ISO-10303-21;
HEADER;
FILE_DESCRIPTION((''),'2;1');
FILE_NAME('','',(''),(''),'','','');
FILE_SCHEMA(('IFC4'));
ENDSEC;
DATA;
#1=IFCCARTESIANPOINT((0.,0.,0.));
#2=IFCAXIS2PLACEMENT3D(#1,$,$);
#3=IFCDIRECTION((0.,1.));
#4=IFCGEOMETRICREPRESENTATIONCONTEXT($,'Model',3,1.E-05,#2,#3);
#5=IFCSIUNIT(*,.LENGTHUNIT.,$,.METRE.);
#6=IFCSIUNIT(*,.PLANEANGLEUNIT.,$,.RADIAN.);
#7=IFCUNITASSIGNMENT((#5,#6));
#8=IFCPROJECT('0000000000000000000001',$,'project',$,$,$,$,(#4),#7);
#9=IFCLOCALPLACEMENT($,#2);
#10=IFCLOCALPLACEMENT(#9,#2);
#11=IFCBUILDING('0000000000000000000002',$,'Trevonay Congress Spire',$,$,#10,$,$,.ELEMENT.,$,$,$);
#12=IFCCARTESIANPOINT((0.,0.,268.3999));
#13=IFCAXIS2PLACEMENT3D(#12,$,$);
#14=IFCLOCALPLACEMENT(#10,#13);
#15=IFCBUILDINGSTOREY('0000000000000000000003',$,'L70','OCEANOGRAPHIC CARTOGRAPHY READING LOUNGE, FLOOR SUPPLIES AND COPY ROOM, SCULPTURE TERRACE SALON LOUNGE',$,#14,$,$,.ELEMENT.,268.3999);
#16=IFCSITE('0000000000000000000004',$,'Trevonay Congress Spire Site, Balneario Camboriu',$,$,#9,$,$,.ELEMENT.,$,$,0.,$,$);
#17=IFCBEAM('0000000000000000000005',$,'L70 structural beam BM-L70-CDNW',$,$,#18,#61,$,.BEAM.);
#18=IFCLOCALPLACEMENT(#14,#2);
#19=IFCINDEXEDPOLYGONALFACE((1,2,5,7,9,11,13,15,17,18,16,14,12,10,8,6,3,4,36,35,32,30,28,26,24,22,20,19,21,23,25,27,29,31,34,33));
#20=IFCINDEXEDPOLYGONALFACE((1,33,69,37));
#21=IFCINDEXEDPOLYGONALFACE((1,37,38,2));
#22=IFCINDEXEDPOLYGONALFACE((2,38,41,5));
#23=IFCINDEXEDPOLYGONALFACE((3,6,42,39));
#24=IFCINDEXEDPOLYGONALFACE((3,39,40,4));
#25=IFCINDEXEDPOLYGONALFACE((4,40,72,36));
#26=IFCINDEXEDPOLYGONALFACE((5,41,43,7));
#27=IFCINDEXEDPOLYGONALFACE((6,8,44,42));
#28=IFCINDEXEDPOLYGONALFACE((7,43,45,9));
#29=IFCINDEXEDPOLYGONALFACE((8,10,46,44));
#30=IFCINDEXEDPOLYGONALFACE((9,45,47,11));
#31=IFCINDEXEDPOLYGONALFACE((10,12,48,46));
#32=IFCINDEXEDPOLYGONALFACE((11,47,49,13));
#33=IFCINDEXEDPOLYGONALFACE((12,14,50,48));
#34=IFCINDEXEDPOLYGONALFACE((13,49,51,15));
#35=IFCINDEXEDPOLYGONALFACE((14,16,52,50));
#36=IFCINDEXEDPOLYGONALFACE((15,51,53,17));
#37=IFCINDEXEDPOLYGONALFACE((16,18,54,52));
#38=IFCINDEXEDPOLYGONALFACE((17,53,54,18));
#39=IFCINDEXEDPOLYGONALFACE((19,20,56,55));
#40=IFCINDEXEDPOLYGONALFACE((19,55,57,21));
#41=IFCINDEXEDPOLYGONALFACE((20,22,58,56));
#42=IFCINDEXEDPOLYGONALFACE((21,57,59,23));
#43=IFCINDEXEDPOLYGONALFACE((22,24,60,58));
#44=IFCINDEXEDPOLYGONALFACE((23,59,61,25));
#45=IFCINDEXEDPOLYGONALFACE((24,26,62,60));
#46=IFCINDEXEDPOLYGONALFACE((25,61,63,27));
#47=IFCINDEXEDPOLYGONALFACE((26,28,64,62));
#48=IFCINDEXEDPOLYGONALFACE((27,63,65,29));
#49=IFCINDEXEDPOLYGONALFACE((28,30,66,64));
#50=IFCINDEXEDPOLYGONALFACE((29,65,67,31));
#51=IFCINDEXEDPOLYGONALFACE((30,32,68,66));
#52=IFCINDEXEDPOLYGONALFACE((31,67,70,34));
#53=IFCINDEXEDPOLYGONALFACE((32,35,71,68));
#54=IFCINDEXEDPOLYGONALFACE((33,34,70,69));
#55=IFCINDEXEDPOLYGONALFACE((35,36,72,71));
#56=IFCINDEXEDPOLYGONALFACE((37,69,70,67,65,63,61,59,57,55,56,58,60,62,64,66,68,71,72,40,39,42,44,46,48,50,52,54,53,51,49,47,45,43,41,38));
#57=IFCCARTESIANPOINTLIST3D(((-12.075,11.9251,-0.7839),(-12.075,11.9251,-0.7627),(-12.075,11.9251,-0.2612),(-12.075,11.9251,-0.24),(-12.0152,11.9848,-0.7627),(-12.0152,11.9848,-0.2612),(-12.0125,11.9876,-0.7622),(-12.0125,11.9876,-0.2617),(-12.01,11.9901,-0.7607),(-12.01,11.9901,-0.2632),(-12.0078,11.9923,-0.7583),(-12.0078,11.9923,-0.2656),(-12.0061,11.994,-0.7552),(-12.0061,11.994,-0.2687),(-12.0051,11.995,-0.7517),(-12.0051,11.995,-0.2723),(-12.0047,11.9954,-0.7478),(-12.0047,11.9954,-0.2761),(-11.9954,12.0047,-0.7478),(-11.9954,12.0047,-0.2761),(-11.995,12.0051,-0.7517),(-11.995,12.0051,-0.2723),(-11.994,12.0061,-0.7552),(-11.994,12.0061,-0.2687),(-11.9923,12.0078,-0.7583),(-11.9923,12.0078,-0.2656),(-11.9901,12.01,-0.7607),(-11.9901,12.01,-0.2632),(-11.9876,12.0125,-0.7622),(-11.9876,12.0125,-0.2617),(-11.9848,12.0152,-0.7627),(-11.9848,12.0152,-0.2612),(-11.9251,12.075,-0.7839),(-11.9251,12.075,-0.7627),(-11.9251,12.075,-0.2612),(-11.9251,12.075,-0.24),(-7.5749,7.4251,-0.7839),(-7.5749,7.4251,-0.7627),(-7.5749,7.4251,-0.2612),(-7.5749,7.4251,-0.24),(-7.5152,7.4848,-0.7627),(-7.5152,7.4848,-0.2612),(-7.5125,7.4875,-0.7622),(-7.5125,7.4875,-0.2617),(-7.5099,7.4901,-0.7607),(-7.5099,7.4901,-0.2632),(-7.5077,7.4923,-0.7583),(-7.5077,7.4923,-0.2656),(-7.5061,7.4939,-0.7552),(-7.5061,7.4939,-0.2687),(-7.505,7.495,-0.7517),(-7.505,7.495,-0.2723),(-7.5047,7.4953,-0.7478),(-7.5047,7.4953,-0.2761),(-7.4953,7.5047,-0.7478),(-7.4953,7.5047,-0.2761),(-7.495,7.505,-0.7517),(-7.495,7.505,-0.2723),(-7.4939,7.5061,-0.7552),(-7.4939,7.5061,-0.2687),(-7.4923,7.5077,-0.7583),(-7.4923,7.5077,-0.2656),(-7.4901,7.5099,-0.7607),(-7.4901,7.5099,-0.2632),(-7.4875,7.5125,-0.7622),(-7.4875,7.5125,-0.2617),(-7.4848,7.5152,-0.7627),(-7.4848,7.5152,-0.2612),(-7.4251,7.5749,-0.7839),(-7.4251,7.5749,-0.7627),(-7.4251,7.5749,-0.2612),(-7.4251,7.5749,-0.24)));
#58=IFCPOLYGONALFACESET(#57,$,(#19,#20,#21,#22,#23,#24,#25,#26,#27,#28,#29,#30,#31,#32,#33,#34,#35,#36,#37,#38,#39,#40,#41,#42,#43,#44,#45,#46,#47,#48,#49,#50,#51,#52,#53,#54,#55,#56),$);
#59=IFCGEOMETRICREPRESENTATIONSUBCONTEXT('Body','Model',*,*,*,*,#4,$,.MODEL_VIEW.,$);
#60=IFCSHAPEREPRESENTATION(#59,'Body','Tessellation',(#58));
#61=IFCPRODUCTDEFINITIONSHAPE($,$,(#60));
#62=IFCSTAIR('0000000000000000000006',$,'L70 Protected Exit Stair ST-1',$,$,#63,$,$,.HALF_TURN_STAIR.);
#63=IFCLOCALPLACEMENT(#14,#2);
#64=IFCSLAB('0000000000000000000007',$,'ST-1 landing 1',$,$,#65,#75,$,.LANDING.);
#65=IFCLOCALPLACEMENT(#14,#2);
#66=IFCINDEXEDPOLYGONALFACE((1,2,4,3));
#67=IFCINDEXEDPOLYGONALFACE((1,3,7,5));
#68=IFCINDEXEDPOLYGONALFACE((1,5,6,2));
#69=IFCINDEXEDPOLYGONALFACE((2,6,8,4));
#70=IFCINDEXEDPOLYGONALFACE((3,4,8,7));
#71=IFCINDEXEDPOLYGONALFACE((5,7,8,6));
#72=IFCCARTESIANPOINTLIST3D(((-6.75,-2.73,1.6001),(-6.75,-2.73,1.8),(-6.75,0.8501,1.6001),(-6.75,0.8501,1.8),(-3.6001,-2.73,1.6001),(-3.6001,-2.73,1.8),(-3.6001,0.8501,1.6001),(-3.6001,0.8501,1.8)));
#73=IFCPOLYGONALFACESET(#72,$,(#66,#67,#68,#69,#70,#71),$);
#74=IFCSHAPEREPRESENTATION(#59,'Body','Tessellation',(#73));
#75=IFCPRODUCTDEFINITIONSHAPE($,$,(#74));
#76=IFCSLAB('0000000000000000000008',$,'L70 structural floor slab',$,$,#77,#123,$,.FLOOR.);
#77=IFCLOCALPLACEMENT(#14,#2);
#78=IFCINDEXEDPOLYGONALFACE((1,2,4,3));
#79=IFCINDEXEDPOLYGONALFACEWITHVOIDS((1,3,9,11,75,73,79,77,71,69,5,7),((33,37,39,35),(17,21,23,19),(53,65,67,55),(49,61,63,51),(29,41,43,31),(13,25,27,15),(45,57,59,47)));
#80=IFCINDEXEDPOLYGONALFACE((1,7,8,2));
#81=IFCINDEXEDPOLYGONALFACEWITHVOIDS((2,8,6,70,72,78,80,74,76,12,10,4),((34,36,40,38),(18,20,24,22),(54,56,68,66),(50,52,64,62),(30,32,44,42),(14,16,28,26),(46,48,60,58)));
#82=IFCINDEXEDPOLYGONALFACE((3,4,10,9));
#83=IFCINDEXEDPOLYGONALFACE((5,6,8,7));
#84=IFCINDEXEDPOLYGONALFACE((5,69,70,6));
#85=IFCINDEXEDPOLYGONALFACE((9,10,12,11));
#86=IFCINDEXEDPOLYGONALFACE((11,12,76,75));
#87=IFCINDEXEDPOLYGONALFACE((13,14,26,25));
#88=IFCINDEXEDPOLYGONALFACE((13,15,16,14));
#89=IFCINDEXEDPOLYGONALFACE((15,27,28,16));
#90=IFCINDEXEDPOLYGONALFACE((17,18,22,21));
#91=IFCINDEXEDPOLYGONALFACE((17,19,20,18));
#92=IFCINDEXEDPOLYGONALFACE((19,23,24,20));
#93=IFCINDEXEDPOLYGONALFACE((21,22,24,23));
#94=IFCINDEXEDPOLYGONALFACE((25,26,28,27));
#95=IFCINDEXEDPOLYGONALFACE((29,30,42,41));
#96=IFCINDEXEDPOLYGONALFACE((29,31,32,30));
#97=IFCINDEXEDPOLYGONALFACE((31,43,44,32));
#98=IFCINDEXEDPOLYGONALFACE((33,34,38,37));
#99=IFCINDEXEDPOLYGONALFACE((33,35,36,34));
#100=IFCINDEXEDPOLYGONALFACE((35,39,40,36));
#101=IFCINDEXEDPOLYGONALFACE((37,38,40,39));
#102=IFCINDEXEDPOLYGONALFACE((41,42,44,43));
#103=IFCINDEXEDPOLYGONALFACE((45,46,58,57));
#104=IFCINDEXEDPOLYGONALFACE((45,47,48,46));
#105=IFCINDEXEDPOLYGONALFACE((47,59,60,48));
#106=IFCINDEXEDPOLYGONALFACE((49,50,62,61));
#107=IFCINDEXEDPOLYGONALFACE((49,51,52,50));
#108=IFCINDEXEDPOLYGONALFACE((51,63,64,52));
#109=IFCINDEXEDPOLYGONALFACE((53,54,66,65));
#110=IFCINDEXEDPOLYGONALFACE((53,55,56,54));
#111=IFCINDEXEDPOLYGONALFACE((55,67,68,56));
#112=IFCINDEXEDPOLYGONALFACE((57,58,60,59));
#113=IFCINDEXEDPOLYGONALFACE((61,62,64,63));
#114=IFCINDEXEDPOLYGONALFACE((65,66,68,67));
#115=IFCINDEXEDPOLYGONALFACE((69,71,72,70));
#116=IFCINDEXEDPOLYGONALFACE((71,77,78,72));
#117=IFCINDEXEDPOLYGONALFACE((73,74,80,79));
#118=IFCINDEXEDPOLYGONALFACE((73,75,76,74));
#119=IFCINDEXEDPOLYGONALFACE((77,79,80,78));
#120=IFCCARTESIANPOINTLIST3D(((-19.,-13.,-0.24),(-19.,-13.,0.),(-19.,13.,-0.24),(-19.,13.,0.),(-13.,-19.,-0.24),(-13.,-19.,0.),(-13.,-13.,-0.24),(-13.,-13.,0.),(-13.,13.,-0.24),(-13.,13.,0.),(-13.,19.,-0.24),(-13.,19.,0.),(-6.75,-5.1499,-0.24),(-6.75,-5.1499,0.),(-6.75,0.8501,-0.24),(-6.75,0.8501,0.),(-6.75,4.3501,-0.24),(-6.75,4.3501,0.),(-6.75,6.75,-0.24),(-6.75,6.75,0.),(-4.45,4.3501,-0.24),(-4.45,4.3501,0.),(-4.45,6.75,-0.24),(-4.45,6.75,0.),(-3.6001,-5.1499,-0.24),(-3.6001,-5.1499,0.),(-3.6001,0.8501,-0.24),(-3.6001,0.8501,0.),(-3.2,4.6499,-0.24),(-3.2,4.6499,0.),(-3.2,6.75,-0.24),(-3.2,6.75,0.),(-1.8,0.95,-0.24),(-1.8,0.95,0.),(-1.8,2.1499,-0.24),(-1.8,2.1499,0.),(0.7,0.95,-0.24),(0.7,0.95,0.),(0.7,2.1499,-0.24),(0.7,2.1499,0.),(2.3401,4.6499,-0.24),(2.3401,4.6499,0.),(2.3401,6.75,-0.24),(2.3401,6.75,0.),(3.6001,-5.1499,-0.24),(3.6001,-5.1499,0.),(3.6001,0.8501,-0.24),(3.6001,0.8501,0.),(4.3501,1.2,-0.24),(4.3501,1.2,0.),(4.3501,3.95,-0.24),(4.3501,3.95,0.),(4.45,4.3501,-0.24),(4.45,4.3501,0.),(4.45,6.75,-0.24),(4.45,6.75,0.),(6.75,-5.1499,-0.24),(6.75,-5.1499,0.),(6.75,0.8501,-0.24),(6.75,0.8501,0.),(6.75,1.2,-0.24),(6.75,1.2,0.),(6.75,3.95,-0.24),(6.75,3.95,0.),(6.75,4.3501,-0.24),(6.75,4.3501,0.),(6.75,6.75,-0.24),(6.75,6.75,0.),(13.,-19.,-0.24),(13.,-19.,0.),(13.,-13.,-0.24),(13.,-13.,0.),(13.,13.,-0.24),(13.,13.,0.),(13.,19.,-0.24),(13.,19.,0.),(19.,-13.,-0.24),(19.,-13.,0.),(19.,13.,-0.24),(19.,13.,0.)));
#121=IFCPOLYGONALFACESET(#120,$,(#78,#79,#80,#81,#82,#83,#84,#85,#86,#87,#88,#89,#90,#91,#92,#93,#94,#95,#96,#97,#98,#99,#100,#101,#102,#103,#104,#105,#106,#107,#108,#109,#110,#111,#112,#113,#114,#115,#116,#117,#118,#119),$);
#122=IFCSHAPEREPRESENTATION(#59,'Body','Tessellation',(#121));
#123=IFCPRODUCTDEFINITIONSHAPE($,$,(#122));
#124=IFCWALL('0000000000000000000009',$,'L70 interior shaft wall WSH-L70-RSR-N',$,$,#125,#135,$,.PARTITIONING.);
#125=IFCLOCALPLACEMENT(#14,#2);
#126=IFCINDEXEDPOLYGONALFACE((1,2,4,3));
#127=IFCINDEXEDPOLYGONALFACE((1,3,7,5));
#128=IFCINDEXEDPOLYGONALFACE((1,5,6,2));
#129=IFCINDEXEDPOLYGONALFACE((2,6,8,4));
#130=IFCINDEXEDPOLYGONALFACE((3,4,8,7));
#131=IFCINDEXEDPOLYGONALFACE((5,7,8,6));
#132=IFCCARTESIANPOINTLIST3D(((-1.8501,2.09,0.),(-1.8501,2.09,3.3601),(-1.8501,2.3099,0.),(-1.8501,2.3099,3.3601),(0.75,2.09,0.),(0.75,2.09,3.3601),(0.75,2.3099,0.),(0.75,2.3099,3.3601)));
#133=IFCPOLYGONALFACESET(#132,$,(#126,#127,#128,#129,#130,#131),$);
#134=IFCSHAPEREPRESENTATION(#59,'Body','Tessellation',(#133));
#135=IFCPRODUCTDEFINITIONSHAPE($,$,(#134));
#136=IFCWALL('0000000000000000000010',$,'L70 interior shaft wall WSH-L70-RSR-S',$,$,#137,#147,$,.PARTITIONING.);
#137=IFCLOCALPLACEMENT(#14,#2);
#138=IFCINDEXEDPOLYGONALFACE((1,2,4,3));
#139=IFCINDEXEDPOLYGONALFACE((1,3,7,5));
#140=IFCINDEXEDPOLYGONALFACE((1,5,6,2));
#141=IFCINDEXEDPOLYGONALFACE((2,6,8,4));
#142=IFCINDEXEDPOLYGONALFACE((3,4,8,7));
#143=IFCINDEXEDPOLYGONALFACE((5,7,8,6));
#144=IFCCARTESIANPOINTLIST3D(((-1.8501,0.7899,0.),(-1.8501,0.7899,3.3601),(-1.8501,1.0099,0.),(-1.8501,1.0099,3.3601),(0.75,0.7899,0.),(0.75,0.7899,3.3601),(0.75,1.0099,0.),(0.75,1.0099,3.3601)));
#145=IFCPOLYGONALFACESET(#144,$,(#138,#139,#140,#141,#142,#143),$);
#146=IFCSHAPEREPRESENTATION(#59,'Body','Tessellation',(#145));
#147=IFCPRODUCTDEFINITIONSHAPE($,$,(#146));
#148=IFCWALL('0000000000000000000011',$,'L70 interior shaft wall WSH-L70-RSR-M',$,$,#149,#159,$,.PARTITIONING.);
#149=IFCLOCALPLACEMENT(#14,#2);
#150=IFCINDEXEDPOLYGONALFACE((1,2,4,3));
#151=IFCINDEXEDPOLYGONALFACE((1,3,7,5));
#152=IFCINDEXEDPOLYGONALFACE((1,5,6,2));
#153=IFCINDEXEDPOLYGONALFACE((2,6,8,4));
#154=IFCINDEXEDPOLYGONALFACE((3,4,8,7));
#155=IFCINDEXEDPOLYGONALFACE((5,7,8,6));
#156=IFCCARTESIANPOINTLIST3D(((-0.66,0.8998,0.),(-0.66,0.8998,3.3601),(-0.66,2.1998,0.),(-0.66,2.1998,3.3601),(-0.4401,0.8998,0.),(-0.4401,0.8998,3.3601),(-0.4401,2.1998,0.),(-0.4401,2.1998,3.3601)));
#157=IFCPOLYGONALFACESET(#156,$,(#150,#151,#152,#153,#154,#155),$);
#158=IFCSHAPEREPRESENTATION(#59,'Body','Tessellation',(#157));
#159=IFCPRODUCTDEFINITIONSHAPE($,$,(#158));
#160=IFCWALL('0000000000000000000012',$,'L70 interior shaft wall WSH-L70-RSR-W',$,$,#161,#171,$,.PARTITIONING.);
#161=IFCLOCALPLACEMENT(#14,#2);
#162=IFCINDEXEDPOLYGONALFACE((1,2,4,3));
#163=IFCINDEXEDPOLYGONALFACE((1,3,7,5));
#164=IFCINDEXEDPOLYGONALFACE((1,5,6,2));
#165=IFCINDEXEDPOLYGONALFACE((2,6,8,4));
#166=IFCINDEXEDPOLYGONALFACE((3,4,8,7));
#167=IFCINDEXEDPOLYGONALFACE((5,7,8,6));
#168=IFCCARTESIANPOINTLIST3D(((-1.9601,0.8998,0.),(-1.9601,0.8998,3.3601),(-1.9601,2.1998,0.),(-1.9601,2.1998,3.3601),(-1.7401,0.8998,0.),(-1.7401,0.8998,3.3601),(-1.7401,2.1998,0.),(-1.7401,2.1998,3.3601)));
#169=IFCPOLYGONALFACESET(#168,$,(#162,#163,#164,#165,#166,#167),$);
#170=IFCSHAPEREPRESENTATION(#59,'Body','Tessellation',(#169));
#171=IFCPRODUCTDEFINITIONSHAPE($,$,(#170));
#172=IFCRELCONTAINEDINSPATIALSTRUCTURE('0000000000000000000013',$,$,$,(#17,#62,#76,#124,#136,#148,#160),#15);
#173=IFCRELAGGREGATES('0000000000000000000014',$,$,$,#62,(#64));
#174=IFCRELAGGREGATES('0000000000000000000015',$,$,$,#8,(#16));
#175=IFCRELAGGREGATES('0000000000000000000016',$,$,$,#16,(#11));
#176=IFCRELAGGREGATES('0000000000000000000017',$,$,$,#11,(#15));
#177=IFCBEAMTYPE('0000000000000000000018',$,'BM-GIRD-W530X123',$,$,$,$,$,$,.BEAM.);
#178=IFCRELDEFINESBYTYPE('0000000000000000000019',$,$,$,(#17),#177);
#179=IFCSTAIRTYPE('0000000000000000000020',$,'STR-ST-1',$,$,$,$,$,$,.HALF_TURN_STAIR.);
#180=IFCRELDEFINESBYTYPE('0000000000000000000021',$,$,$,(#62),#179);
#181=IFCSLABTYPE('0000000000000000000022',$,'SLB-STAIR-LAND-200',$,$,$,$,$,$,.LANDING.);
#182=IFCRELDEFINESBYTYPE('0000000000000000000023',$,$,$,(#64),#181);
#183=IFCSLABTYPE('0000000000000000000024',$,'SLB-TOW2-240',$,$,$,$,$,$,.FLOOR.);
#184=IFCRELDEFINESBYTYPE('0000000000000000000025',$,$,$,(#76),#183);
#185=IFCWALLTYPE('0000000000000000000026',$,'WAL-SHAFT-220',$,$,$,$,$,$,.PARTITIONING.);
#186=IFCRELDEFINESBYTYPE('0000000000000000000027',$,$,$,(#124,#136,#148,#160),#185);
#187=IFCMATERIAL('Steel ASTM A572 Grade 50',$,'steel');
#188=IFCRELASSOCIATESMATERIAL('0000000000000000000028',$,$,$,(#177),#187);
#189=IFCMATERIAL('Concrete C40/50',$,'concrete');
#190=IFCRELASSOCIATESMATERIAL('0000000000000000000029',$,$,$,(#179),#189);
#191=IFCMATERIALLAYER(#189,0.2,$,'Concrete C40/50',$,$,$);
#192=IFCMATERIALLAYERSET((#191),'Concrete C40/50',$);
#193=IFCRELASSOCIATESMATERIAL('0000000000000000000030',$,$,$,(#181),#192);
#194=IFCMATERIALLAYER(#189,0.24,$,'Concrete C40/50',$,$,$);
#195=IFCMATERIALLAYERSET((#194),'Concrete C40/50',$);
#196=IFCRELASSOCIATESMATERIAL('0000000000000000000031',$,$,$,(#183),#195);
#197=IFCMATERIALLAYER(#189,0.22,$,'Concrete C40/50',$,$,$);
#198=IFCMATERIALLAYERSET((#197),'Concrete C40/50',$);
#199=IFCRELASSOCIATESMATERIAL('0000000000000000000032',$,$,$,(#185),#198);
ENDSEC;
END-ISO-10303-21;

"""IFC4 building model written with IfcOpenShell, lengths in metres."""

from ifc_helpers import new_model, si_unit, direction, frame, frame_2d, origin, origin_2d, place, context, subcontext, project, spatial, polyline, rectangle, i_section, outline, extrude, material, layer, layer_set, material_profile, profile_set, type_object, element, aggregate, save


model = new_model("IFC4")

# Units and contexts
model_context = context("Model", 3, precision=1e-05, world=origin(), true_north=direction((0.0, 1.0)))
body_context = subcontext(model_context, "Body", "Model", "MODEL_VIEW")
ifc_project = project(units=[si_unit("LENGTHUNIT", "METRE"), si_unit("PLANEANGLEUNIT", "RADIAN")], contexts=[model_context])

# Site, building, storey
site_placement = place(None, origin())
site = spatial("IfcSite", under=ifc_project, at=site_placement, Name="Trevonay Congress Spire Site, Balneario Camboriu", CompositionType="ELEMENT", RefElevation=0.0)
building_placement = place(site_placement, origin())
building = spatial("IfcBuilding", under=site, at=building_placement, Name="Trevonay Congress Spire", CompositionType="ELEMENT")
storey_placement = place(building_placement, frame((0.0, 0.0, 268.3999)))
storey = spatial("IfcBuildingStorey", under=building, at=storey_placement, Name="L70", Description="OCEANOGRAPHIC CARTOGRAPHY READING LOUNGE, FLOOR SUPPLIES AND COPY ROOM, SCULPTURE TERRACE SALON LOUNGE", CompositionType="ELEMENT", Elevation=268.3999)

# Beam
ifc_material_1 = material(Name="Steel ASTM A572 Grade 50", Category="steel")
ifc_material_profile = material_profile(ifc_material_1, i_section(OverallWidth=0.2119, OverallDepth=0.5439, WebThickness=0.0132, FlangeThickness=0.0212, FilletRadius=0.0149, at=origin_2d()), Name="W530x123")
ifc_profile_set = profile_set([ifc_material_profile], Name="Steel ASTM A572 Grade 50")
beam_type = type_object("IfcBeamType", Name="BM-GIRD-W530X123", PredefinedType="BEAM", material=ifc_profile_set)
beam_placement = place(storey_placement, frame((-7.5, 7.5, -0.512), z_axis=(-0.707107, 0.707107, 0.0), x_axis=(-0.707107, -0.707107, 0.0)))
element("IfcBeam", 1, at=beam_placement, inside=storey, type_object=beam_type, Name="L70 structural beam BM-L70-CDNW", PredefinedType="BEAM", context=body_context, shape_type="SweptSolid", body=[
    extrude(i_section(OverallWidth=0.2119, OverallDepth=0.5439, WebThickness=0.0132, FlangeThickness=0.0212, FilletRadius=0.0149, at=origin_2d()), origin(), (0.0, 0.0, 1.0), 6.364),
])

# Stair, slab
ifc_material_2 = material(Name="Concrete C40/50", Category="concrete")
stair_type = type_object("IfcStairType", Name="STR-ST-1", PredefinedType="HALF_TURN_STAIR", material=ifc_material_2)
stair_placement = place(storey_placement, origin())
stair = element("IfcStair", 2, at=stair_placement, inside=storey, type_object=stair_type, Name="L70 Protected Exit Stair ST-1", PredefinedType="HALF_TURN_STAIR")
ifc_layer_1 = layer(ifc_material_2, 0.2, Name="Concrete C40/50")
ifc_layer_set_1 = layer_set([ifc_layer_1], Name="Concrete C40/50")
slab_type_1 = type_object("IfcSlabType", Name="SLB-STAIR-LAND-200", PredefinedType="LANDING", material=ifc_layer_set_1)
slab_1_placement = place(storey_placement, frame((0.0, 0.0, 1.6001)))
slab_1 = element("IfcSlab", 3, at=slab_1_placement, type_object=slab_type_1, Name="ST-1 landing 1", PredefinedType="LANDING", context=body_context, shape_type="SweptSolid", body=[
    extrude(outline(polyline([(-3.6001, -2.73), (-3.6001, 0.8501), (-6.75, 0.8501), (-6.75, -2.73), (-3.6001, -2.73)])), origin(), (0.0, 0.0, 1.0), 0.2),
])
aggregate(stair, [slab_1])

# Slab
ifc_layer_2 = layer(ifc_material_2, 0.24, Name="Concrete C40/50")
ifc_layer_set_2 = layer_set([ifc_layer_2], Name="Concrete C40/50")
slab_type_2 = type_object("IfcSlabType", Name="SLB-TOW2-240", PredefinedType="FLOOR", material=ifc_layer_set_2)
slab_2_placement = place(storey_placement, frame((0.0, 0.0, -0.24)))
element("IfcSlab", 4, at=slab_2_placement, inside=storey, type_object=slab_type_2, Name="L70 structural floor slab", PredefinedType="FLOOR", context=body_context, shape_type="SweptSolid", body=[
    extrude(outline(polyline([(-13.0, -19.0), (13.0, -19.0), (13.0, -13.0), (19.0, -13.0), (19.0, 13.0), (13.0, 13.0), (13.0, 19.0), (-13.0, 19.0), (-13.0, 13.0), (-19.0, 13.0), (-19.0, -13.0), (-13.0, -13.0), (-13.0, -19.0)]), holes=[polyline([(-3.6001, -5.1499), (-3.6001, 0.8501), (-6.75, 0.8501), (-6.75, -5.1499), (-3.6001, -5.1499)]), polyline([(6.75, -5.1499), (6.75, 0.8501), (3.6001, 0.8501), (3.6001, -5.1499), (6.75, -5.1499)]), polyline([(-3.2, 4.6499), (2.3401, 4.6499), (2.3401, 6.75), (-3.2, 6.75), (-3.2, 4.6499)]), polyline([(-6.75, 4.3501), (-4.45, 4.3501), (-4.45, 6.75), (-6.75, 6.75), (-6.75, 4.3501)]), polyline([(4.45, 4.3501), (6.75, 4.3501), (6.75, 6.75), (4.45, 6.75), (4.45, 4.3501)]), polyline([(4.3501, 1.2), (6.75, 1.2), (6.75, 3.95), (4.3501, 3.95), (4.3501, 1.2)]), polyline([(-1.8, 0.95), (0.7, 0.95), (0.7, 2.1499), (-1.8, 2.1499), (-1.8, 0.95)])]), origin(), (0.0, 0.0, 1.0), 0.24),
])

# Walls
ifc_layer_3 = layer(ifc_material_2, 0.22, Name="Concrete C40/50")
ifc_layer_set_3 = layer_set([ifc_layer_3], Name="Concrete C40/50")
wall_type_1 = type_object("IfcWallType", Name="WAL-SHAFT-220", PredefinedType="PARTITIONING", material=ifc_layer_set_3)
for number, where, z_axis, x_axis, name in (
    (5, (-1.8501, 2.2, 0.0), (0.0, 0.0, 1.0), (1.0, 0.0, 0.0), "L70 interior shaft wall WSH-L70-RSR-N"),
    (6, (-1.8501, 0.8999, 0.0), (0.0, 0.0, 1.0), (1.0, 0.0, 0.0), "L70 interior shaft wall WSH-L70-RSR-S"),
):
    element("IfcWall", number, at=place(storey_placement, frame(where, z_axis=z_axis, x_axis=x_axis)), inside=storey, type_object=wall_type_1, Name=name, PredefinedType="PARTITIONING", context=body_context, shape_type="SweptSolid", body=[
        extrude(rectangle(XDim=2.6001, YDim=0.22, at=frame_2d((1.3, 0.0))), origin(), (0.0, 0.0, 1.0), 3.3601),
    ])
for number, where, z_axis, x_axis, name in (
    (7, (-0.55, 0.8999, 0.0), (0.0, 0.0, 1.0), (0.0, 1.0, 0.0), "L70 interior shaft wall WSH-L70-RSR-M"),
    (8, (-1.8501, 0.8999, 0.0), (0.0, 0.0, 1.0), (0.0, 1.0, 0.0), "L70 interior shaft wall WSH-L70-RSR-W"),
):
    element("IfcWall", number, at=place(storey_placement, frame(where, z_axis=z_axis, x_axis=x_axis)), inside=storey, type_object=wall_type_1, Name=name, PredefinedType="PARTITIONING", context=body_context, shape_type="SweptSolid", body=[
        extrude(rectangle(XDim=1.3, YDim=0.22, at=frame_2d((0.6499, 0.0))), origin(), (0.0, 0.0, 1.0), 3.3601),
    ])

save(model, "model.ifc")
